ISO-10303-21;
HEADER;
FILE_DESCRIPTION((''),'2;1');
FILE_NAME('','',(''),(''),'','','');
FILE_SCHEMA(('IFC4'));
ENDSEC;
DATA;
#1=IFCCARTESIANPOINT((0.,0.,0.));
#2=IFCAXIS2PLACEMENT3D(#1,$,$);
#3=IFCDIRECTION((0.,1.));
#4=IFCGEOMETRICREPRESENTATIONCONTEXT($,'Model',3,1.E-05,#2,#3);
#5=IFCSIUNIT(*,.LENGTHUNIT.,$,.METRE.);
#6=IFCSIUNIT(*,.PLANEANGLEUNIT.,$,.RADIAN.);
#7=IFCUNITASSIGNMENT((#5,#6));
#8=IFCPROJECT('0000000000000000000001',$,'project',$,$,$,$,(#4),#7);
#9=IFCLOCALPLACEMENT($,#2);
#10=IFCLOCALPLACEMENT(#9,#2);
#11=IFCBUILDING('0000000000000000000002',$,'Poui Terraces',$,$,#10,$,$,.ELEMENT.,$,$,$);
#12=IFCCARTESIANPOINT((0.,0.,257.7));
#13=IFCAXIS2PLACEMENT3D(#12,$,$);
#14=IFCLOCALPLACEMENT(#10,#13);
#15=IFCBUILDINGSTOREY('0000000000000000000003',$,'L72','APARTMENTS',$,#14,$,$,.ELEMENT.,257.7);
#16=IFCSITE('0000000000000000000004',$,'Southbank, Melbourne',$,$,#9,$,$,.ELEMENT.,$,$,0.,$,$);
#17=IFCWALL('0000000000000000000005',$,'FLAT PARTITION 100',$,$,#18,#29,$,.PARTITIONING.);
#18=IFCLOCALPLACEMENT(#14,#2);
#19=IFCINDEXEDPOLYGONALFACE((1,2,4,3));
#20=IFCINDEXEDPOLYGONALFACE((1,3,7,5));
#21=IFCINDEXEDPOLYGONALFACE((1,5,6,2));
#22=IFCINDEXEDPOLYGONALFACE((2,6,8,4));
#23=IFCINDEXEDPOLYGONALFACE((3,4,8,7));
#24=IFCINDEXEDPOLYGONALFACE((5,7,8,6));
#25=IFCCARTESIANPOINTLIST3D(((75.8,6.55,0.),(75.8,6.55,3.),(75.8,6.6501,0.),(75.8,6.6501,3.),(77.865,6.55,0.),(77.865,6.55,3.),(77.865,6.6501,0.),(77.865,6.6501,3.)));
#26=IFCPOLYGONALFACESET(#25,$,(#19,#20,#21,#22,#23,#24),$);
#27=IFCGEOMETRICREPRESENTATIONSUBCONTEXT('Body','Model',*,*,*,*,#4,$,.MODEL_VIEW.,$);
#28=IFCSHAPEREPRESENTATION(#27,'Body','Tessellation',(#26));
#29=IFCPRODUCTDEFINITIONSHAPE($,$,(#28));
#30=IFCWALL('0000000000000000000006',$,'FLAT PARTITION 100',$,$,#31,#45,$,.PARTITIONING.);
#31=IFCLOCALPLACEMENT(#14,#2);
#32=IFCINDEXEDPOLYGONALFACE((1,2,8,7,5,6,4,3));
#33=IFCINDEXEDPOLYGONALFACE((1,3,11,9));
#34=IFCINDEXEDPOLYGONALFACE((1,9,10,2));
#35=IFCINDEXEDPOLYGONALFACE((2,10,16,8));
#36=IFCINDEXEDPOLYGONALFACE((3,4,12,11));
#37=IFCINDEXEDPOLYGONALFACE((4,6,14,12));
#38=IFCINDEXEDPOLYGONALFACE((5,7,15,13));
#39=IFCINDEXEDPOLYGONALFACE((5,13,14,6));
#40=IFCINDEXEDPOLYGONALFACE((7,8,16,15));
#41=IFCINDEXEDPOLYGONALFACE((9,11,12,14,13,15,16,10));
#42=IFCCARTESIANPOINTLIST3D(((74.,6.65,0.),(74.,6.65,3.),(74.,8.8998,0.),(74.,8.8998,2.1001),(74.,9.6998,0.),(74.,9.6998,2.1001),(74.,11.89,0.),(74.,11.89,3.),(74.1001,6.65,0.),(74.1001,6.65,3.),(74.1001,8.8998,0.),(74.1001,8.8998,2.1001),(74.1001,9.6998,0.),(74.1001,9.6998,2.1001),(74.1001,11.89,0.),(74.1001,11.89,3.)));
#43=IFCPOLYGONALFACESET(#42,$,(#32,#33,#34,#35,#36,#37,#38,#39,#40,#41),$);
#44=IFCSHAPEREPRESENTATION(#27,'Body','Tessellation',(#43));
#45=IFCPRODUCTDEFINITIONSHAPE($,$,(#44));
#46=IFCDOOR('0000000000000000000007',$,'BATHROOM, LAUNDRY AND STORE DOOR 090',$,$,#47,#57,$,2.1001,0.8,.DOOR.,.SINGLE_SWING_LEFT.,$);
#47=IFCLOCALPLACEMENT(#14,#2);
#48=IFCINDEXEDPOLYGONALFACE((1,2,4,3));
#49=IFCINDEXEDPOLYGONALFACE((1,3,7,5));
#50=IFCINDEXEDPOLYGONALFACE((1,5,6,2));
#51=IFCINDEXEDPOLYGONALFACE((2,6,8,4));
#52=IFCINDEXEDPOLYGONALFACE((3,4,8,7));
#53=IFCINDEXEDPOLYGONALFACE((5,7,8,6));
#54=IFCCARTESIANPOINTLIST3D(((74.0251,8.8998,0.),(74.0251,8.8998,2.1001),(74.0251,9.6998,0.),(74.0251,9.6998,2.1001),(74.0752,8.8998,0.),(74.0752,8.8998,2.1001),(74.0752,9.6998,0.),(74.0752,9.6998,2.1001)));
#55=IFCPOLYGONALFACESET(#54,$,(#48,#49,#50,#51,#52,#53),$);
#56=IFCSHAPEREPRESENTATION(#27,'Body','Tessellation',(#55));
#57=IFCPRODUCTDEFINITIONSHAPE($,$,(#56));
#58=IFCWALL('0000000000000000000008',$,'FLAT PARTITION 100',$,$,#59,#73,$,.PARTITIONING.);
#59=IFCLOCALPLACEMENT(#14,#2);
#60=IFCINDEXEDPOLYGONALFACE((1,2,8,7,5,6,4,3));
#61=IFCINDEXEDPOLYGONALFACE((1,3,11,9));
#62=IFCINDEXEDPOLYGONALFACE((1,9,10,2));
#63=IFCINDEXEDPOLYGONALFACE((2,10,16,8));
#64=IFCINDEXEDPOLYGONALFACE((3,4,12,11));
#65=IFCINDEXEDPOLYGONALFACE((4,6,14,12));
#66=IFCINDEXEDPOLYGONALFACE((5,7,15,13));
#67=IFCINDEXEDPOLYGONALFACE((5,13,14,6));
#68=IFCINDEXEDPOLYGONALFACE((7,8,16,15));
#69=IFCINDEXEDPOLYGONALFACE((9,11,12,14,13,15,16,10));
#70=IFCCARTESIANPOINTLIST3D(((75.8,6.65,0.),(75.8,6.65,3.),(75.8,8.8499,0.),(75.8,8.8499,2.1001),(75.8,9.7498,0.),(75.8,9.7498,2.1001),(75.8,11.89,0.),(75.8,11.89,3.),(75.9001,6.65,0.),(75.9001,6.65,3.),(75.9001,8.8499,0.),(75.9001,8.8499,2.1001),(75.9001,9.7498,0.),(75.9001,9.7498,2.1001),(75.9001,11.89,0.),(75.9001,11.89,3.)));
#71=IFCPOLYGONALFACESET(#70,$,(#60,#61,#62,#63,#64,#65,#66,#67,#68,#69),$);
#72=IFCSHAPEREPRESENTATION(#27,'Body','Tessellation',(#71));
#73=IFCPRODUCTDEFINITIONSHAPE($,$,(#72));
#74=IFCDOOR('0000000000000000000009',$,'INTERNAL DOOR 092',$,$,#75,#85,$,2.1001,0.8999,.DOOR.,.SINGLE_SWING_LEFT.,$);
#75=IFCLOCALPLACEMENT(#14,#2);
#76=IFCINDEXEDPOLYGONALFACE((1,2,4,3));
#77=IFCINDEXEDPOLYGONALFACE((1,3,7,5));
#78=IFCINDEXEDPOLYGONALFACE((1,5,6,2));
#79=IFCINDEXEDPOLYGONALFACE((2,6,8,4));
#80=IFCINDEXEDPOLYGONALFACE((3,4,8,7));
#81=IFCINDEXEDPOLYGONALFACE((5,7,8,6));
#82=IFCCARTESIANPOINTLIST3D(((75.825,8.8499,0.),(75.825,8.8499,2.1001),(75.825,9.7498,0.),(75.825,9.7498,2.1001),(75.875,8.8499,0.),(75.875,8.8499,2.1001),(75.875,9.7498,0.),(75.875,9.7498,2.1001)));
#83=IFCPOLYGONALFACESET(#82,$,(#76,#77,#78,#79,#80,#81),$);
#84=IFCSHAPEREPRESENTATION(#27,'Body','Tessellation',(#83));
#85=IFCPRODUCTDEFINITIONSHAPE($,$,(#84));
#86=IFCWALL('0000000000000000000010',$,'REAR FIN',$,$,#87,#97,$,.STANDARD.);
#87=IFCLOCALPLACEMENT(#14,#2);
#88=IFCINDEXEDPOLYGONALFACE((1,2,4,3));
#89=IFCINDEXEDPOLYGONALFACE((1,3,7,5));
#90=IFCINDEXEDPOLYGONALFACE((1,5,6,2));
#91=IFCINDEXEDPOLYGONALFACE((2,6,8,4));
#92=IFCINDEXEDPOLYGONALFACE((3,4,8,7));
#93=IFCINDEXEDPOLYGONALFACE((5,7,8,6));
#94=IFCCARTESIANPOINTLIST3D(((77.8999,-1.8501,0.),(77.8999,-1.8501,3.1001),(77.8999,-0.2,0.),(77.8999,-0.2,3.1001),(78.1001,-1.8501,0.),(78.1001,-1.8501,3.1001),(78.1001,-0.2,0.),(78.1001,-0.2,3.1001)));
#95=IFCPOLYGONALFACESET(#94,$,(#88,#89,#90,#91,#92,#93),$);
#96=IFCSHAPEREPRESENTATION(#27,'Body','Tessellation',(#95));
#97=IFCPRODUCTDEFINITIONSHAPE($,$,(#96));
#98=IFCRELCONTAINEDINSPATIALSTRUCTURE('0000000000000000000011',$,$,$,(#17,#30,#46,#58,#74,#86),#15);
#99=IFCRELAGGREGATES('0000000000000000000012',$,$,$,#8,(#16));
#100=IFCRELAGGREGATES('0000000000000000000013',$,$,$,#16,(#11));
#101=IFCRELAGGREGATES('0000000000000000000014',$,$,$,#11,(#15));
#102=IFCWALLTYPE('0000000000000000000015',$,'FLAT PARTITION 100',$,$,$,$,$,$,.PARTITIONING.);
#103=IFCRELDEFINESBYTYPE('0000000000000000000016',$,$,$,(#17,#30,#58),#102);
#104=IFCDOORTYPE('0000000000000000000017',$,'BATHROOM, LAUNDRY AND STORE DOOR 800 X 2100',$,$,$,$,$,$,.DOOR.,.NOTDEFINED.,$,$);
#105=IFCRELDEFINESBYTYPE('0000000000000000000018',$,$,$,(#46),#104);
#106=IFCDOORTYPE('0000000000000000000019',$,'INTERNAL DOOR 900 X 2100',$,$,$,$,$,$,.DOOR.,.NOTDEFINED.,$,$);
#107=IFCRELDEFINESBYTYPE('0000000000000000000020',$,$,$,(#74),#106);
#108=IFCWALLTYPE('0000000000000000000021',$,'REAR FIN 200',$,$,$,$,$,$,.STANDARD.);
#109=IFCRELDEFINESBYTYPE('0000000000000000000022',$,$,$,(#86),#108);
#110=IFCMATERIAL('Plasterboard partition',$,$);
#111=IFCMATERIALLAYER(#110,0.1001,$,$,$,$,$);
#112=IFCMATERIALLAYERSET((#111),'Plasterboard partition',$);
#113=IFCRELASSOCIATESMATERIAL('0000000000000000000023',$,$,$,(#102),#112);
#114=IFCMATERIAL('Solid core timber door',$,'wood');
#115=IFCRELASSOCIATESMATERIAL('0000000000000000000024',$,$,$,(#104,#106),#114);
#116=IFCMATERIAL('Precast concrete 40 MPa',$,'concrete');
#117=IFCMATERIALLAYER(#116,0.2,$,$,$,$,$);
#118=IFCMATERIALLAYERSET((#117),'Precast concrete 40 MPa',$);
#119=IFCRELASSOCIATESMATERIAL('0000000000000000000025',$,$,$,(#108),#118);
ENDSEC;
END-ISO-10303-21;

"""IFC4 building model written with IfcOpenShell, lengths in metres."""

from ifc_helpers import new_model, si_unit, direction, frame, frame_2d, origin, place, context, subcontext, project, spatial, polyline, rectangle, outline, extrude, source, transform, mapped, material, layer, layer_set, type_object, element, fill, save


model = new_model("IFC4")

# Units and contexts
model_context = context("Model", 3, precision=1e-05, world=origin(), true_north=direction((0.0, 1.0)))
body_context = subcontext(model_context, "Body", "Model", "MODEL_VIEW")
ifc_project = project(units=[si_unit("LENGTHUNIT", "METRE"), si_unit("PLANEANGLEUNIT", "RADIAN")], contexts=[model_context])

# Site, building, storey
site_placement = place(None, origin())
site = spatial("IfcSite", under=ifc_project, at=site_placement, Name="Southbank, Melbourne", CompositionType="ELEMENT", RefElevation=0.0)
building_placement = place(site_placement, origin())
building = spatial("IfcBuilding", under=site, at=building_placement, Name="Poui Terraces", CompositionType="ELEMENT")
storey_placement = place(building_placement, frame((0.0, 0.0, 257.7)))
storey = spatial("IfcBuildingStorey", under=building, at=storey_placement, Name="L72", Description="APARTMENTS", CompositionType="ELEMENT", Elevation=257.7)

# Shared definitions
ifc_material_1 = material(Name="Solid core timber door", Category="wood")

# Wall
ifc_material_2 = material(Name="Plasterboard partition")
ifc_layer_1 = layer(ifc_material_2, 0.1001)
ifc_layer_set_1 = layer_set([ifc_layer_1], Name="Plasterboard partition")
wall_type_1 = type_object("IfcWallType", Name="FLAT PARTITION 100", PredefinedType="PARTITIONING", material=ifc_layer_set_1)
wall_1_placement = place(storey_placement, frame((75.8, 6.6001, 0.0), z_axis=(0.0, 0.0, 1.0), x_axis=(1.0, 0.0, 0.0)))
element("IfcWall", 1, at=wall_1_placement, inside=storey, type_object=wall_type_1, Name="FLAT PARTITION 100", PredefinedType="PARTITIONING", context=body_context, shape_type="SweptSolid", body=[
    extrude(rectangle(XDim=2.0649, YDim=0.1001, at=frame_2d((1.0325, 0.0))), origin(), (0.0, 0.0, 1.0), 3.0),
])

# Walls, openings, doors
wall_2_placement = place(storey_placement, frame((74.05, 6.6499, 0.0), z_axis=(0.0, 0.0, 1.0), x_axis=(0.0, 1.0, 0.0)))
wall_2 = element("IfcWall", 2, at=wall_2_placement, inside=storey, type_object=wall_type_1, Name="FLAT PARTITION 100", PredefinedType="PARTITIONING", context=body_context, shape_type="SweptSolid", body=[
    extrude(rectangle(XDim=5.24, YDim=0.1001, at=frame_2d((2.6201, 0.0))), origin(), (0.0, 0.0, 1.0), 3.0),
])
opening_1_placement = place(wall_2_placement, frame((2.25, 0.0, 0.0)))
opening_1 = element("IfcOpeningElement", 3, at=opening_1_placement, cuts=wall_2, PredefinedType="OPENING", context=body_context, shape_type="SweptSolid", body=[
    extrude(rectangle(XDim=0.8, YDim=2.1001, at=frame_2d((0.3999, 1.05))), frame((0.0, 0.0601, 0.0), z_axis=(0.0, -1.0, 0.0), x_axis=(1.0, 0.0, 0.0)), (0.0, 0.0, 1.0), 0.1201),
])
door_type_1 = type_object("IfcDoorType", Name="BATHROOM, LAUNDRY AND STORE DOOR 800 X 2100", OperationType="NOTDEFINED", PredefinedType="DOOR", material=ifc_material_1)
door_1_placement = place(opening_1_placement, origin())
door_1 = element("IfcDoor", 4, at=door_1_placement, inside=storey, type_object=door_type_1, Name="BATHROOM, LAUNDRY AND STORE DOOR 090", OperationType="SINGLE_SWING_LEFT", OverallHeight=2.1001, OverallWidth=0.8, PredefinedType="DOOR", context=body_context, shape_type="SweptSolid", body=[
    extrude(rectangle(XDim=0.8, YDim=2.1001, at=frame_2d((0.3999, 1.05))), frame((0.0, 0.0249, 0.0), z_axis=(0.0, -1.0, 0.0), x_axis=(1.0, 0.0, 0.0)), (0.0, 0.0, 1.0), 0.05),
])
fill(opening_1, door_1)
wall_3_placement = place(storey_placement, frame((75.8501, 6.6499, 0.0), z_axis=(0.0, 0.0, 1.0), x_axis=(0.0, 1.0, 0.0)))
wall_3 = element("IfcWall", 5, at=wall_3_placement, inside=storey, type_object=wall_type_1, Name="FLAT PARTITION 100", PredefinedType="PARTITIONING", context=body_context, shape_type="SweptSolid", body=[
    extrude(rectangle(XDim=5.24, YDim=0.1001, at=frame_2d((2.6201, 0.0))), origin(), (0.0, 0.0, 1.0), 3.0),
])
opening_2_placement = place(wall_3_placement, frame((2.2, 0.0, 0.0)))
opening_2 = element("IfcOpeningElement", 6, at=opening_2_placement, cuts=wall_3, PredefinedType="OPENING", context=body_context, shape_type="SweptSolid", body=[
    extrude(rectangle(XDim=0.8999, YDim=2.1001, at=frame_2d((0.45, 1.05))), frame((0.0, 0.0601, 0.0), z_axis=(0.0, -1.0, 0.0), x_axis=(1.0, 0.0, 0.0)), (0.0, 0.0, 1.0), 0.1201),
])
door_type_2 = type_object("IfcDoorType", Name="INTERNAL DOOR 900 X 2100", OperationType="NOTDEFINED", PredefinedType="DOOR", material=ifc_material_1)
door_2_placement = place(opening_2_placement, frame((0.8999, 0.0, 0.0), z_axis=(0.0, 0.0, 1.0), x_axis=(-1.0, 0.0, 0.0)))
door_2 = element("IfcDoor", 7, at=door_2_placement, inside=storey, type_object=door_type_2, Name="INTERNAL DOOR 092", OperationType="SINGLE_SWING_LEFT", OverallHeight=2.1001, OverallWidth=0.8999, PredefinedType="DOOR", context=body_context, shape_type="SweptSolid", body=[
    extrude(rectangle(XDim=0.8999, YDim=2.1001, at=frame_2d((0.45, 1.05))), frame((0.0, 0.0249, 0.0), z_axis=(0.0, -1.0, 0.0), x_axis=(1.0, 0.0, 0.0)), (0.0, 0.0, 1.0), 0.05),
])
fill(opening_2, door_2)

# Wall
ifc_material_3 = material(Name="Precast concrete 40 MPa", Category="concrete")
ifc_layer_2 = layer(ifc_material_3, 0.2)
ifc_layer_set_2 = layer_set([ifc_layer_2], Name="Precast concrete 40 MPa")
wall_type_2 = type_object("IfcWallType", Name="REAR FIN 200", PredefinedType="STANDARD", material=ifc_layer_set_2)
shared_shape_1 = source(origin(), body_context, "Body", "SweptSolid", [
    extrude(outline(polyline([(0.0, 0.0), (0.2002, 0.0), (0.2002, 1.6501), (0.0, 1.6501), (0.0, 0.0)])), origin(), (0.0, 0.0, 1.0), 3.1001),
])
wall_4_placement = place(storey_placement, frame((77.8999, -1.8501, 0.0)))
element("IfcWall", 8, at=wall_4_placement, inside=storey, type_object=wall_type_2, Name="REAR FIN", PredefinedType="STANDARD", context=body_context, shape_type="MappedRepresentation", body=[
    mapped(shared_shape_1, transform((0.0, 0.0, 0.0))),
])

save(model, "model.ifc")
